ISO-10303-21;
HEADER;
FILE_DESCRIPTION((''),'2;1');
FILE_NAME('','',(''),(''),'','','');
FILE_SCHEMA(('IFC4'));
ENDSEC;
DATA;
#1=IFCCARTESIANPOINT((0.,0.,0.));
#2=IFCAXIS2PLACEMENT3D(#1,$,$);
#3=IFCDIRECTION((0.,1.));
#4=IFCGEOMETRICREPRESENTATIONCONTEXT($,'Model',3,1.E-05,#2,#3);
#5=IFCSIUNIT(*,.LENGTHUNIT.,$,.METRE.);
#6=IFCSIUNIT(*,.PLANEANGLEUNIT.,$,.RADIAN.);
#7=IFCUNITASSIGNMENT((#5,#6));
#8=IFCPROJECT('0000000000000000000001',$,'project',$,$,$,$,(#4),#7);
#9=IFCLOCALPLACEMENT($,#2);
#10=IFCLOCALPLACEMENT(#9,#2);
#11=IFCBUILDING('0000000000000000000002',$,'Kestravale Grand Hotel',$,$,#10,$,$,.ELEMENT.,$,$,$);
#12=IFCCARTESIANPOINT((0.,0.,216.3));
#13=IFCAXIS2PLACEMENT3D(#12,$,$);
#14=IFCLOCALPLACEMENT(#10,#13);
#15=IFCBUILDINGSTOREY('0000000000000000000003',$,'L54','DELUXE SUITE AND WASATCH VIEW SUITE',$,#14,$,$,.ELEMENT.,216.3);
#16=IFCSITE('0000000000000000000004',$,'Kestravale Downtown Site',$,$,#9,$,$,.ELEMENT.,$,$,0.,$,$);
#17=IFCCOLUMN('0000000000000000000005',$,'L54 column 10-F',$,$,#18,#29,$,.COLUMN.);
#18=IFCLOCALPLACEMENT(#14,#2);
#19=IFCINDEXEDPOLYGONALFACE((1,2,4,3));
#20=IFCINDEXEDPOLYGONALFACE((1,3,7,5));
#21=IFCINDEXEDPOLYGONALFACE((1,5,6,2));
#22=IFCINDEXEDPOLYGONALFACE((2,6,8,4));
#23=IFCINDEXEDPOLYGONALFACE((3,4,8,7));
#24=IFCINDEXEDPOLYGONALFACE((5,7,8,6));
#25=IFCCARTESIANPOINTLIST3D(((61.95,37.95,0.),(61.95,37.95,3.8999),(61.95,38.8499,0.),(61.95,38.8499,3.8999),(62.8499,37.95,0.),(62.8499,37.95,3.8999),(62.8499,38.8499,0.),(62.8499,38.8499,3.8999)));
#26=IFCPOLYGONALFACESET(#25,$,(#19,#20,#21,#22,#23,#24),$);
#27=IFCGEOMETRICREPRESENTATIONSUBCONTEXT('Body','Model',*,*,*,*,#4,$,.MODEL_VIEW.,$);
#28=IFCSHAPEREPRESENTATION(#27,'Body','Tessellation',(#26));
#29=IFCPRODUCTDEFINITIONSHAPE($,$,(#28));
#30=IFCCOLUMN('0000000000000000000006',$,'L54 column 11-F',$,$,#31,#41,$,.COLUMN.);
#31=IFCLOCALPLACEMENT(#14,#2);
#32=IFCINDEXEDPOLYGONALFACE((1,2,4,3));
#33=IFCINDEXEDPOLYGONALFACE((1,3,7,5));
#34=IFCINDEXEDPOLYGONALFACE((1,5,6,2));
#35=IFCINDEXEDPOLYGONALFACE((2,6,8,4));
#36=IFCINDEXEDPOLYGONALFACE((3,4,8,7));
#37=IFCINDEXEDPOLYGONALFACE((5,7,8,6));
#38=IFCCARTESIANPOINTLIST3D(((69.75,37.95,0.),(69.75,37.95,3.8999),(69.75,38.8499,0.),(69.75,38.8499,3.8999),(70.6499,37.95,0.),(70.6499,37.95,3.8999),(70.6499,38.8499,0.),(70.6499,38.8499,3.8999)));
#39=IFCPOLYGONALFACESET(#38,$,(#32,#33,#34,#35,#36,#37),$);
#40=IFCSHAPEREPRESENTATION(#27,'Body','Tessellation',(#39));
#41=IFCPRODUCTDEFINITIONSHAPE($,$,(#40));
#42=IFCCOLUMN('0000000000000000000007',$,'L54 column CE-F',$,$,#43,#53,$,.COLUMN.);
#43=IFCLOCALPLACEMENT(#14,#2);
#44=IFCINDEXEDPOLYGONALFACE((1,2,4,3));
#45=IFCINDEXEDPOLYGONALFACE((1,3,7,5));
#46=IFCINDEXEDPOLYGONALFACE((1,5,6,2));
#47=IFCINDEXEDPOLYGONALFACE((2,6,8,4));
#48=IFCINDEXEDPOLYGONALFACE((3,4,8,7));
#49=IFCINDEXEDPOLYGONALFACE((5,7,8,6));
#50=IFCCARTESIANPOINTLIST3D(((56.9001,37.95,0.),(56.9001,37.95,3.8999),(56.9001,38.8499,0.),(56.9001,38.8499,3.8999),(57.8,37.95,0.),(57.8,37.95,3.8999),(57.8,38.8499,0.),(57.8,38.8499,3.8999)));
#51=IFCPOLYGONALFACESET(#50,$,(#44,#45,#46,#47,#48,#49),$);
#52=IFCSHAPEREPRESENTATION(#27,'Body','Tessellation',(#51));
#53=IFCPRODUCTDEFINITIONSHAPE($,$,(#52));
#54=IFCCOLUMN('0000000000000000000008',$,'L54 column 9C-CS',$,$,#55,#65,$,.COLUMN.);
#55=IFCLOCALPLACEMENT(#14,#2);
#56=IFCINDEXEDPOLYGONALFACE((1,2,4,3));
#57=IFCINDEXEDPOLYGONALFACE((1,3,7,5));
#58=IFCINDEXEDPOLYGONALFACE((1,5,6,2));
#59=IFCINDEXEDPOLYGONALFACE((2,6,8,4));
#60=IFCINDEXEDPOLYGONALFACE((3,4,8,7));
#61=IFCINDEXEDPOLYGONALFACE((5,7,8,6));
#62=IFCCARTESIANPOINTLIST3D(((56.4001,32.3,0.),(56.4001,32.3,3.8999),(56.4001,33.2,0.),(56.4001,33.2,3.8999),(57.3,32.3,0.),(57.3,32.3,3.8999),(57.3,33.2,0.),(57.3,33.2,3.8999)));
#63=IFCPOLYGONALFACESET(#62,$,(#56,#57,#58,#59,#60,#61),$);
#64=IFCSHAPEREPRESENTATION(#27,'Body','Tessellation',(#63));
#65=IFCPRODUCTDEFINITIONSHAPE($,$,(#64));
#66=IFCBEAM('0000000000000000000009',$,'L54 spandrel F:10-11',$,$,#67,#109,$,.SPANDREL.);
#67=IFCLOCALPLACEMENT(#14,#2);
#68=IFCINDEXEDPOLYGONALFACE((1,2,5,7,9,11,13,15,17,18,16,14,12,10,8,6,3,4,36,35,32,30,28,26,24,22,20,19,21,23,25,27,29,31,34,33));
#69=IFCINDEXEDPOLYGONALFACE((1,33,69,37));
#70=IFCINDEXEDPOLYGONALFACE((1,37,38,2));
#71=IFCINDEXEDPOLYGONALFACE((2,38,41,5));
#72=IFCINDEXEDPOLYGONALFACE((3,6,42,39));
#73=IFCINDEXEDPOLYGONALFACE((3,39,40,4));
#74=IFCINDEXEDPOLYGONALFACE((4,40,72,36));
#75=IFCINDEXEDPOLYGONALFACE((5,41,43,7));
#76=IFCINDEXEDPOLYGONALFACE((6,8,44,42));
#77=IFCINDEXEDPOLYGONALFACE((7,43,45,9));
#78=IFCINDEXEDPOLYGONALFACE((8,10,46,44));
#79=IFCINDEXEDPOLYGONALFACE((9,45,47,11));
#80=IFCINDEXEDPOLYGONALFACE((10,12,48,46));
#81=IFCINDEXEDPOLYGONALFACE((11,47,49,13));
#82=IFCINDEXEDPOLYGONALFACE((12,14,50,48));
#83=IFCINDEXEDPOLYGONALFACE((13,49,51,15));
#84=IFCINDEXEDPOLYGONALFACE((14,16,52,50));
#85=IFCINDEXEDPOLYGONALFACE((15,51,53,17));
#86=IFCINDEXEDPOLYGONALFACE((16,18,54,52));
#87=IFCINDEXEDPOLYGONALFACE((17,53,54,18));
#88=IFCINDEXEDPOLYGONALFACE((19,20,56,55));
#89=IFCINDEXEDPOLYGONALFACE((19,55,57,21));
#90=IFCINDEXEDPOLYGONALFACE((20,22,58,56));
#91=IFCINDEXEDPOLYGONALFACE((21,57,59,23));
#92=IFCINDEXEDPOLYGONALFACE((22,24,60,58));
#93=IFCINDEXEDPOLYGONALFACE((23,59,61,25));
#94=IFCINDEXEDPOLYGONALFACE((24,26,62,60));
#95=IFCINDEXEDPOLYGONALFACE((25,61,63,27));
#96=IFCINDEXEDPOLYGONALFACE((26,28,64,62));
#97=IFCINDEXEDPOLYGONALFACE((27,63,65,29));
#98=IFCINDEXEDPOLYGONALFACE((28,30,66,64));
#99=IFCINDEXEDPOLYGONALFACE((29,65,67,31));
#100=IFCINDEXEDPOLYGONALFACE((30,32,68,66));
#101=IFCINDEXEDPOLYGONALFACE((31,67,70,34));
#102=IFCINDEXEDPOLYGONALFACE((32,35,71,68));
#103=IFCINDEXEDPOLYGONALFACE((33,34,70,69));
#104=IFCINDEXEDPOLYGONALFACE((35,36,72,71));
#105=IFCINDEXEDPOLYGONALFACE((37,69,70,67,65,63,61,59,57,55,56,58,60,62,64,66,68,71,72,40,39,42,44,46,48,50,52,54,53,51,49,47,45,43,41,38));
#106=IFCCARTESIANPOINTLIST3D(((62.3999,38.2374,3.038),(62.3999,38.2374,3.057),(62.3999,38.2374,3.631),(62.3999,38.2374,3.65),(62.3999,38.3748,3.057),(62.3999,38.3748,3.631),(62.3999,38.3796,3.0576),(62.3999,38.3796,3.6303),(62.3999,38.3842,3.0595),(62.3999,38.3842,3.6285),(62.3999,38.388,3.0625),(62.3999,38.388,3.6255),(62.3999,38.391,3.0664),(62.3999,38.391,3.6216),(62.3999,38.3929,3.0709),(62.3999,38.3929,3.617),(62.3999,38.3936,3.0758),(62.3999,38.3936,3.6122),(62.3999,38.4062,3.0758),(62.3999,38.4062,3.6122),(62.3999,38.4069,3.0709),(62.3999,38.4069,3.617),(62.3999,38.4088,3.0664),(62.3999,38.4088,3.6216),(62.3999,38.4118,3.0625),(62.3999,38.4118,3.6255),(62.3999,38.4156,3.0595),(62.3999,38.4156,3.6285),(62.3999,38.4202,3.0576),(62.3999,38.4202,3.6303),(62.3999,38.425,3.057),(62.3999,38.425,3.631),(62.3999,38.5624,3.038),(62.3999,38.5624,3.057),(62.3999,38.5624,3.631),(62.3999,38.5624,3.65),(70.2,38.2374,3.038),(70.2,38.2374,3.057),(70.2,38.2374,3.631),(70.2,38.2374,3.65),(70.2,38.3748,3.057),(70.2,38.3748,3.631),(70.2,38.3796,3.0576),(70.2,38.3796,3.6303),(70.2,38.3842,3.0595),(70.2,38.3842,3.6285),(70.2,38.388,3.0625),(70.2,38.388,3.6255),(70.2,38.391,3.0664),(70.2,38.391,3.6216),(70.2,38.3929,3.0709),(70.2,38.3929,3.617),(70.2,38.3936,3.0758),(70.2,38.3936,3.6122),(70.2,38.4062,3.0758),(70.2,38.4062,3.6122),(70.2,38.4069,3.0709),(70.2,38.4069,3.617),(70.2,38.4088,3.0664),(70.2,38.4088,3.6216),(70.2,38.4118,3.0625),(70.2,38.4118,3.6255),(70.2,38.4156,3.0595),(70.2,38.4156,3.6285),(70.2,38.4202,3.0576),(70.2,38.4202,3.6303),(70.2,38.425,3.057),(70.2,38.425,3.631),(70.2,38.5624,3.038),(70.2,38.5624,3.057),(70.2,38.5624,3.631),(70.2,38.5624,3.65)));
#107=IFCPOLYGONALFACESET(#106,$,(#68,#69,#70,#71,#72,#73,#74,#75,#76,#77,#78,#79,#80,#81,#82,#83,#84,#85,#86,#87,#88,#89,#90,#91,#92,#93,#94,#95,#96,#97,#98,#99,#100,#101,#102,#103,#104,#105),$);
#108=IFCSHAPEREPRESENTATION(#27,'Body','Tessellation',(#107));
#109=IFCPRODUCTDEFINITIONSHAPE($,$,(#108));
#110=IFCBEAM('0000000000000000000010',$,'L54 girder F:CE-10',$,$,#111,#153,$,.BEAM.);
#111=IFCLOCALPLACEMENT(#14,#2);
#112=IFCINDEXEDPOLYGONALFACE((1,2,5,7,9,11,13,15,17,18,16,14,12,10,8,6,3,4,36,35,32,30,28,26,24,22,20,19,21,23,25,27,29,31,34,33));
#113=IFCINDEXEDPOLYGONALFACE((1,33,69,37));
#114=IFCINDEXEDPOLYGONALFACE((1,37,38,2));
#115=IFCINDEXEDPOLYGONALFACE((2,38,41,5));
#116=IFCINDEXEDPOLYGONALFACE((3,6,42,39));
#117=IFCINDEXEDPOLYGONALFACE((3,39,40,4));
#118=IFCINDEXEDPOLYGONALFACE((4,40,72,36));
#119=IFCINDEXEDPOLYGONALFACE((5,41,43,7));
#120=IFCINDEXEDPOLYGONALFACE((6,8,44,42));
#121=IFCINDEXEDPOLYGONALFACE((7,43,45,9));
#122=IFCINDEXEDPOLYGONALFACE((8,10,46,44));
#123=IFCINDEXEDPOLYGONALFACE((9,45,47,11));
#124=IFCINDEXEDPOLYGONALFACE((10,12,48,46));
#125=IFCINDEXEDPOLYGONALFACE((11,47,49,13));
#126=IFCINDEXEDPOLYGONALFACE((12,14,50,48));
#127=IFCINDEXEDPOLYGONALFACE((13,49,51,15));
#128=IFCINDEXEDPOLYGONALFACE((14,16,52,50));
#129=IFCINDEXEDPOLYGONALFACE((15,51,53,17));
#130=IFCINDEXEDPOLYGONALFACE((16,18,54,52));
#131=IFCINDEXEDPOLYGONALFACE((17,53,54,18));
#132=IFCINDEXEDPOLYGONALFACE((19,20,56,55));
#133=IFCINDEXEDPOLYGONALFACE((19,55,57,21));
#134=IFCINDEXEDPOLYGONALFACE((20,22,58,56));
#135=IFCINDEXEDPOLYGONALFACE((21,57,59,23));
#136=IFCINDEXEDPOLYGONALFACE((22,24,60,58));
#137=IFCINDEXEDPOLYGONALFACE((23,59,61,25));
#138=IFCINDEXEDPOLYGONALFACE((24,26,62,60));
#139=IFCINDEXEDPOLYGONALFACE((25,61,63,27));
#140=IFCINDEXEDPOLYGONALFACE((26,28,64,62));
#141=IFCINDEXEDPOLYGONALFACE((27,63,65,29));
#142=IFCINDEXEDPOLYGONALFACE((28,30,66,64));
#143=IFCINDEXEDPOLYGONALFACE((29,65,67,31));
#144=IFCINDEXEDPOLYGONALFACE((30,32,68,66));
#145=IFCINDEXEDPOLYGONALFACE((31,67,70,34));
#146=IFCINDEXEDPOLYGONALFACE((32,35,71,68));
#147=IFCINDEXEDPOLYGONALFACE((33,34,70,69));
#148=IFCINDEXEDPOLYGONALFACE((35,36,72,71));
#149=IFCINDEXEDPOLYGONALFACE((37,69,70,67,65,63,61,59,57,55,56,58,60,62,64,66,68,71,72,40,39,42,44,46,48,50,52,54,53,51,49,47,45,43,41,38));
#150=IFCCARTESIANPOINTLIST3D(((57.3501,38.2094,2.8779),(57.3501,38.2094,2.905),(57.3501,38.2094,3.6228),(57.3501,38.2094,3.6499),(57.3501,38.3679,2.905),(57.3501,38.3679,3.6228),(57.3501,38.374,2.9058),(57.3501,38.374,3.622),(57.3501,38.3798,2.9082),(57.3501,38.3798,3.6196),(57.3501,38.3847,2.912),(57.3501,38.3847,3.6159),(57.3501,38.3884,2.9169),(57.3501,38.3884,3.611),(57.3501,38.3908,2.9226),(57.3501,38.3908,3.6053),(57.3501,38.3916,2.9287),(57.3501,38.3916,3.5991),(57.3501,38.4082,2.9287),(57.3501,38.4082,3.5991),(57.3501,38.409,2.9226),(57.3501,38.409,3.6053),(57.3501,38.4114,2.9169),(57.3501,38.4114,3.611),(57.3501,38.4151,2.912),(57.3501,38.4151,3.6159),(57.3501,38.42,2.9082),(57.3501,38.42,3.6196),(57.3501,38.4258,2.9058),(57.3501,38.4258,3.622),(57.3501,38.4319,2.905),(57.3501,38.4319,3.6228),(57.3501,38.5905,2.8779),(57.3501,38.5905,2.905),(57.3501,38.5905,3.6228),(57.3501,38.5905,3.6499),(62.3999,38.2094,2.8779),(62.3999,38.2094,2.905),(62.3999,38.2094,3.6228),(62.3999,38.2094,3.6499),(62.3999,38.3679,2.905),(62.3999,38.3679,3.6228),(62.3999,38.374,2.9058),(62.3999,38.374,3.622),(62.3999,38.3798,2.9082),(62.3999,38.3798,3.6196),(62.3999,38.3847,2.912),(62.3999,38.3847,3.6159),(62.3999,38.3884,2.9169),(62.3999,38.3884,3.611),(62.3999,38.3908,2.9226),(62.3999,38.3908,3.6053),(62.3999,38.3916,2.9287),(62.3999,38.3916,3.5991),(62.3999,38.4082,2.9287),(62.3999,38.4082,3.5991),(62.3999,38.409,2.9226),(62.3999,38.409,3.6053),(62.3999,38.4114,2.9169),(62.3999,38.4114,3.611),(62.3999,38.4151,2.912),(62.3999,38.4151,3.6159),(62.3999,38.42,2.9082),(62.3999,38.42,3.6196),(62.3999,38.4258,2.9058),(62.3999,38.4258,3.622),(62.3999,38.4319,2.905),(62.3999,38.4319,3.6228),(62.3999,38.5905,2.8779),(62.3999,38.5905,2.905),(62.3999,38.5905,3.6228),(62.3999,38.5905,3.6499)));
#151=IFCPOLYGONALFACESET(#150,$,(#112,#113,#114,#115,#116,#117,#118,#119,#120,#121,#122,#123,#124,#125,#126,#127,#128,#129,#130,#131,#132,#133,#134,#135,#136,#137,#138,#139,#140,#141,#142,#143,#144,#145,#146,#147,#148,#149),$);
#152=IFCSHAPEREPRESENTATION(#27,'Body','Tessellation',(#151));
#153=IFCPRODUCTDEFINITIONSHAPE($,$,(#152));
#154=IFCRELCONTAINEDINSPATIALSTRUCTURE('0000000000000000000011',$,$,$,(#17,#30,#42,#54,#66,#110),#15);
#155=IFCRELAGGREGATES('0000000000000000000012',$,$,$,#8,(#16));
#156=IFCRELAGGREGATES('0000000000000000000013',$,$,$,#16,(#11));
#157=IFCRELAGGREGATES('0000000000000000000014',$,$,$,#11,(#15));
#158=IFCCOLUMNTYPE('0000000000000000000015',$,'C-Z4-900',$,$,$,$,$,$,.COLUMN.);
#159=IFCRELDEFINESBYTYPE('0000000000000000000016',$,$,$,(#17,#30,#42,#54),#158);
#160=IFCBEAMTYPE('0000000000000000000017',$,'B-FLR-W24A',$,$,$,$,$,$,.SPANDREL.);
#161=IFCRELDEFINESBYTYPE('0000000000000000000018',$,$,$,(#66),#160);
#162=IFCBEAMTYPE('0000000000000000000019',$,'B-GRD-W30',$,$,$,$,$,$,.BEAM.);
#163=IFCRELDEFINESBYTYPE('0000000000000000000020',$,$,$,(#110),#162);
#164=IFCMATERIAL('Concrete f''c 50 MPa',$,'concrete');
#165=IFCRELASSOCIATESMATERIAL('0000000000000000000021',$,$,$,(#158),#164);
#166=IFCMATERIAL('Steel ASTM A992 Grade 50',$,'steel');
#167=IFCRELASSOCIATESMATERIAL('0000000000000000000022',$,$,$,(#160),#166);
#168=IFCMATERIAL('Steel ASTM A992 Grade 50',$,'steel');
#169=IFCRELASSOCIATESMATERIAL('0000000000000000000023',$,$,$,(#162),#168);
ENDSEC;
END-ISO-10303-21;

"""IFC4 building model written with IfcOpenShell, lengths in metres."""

from ifc_helpers import new_model, si_unit, direction, frame, origin, origin_2d, place, context, subcontext, project, spatial, rectangle, i_section, extrude, material, material_profile, profile_set, type_object, element, save


model = new_model("IFC4")

# Units and contexts
model_context = context("Model", 3, precision=1e-05, world=origin(), true_north=direction((0.0, 1.0)))
body_context = subcontext(model_context, "Body", "Model", "MODEL_VIEW")
ifc_project = project(units=[si_unit("LENGTHUNIT", "METRE"), si_unit("PLANEANGLEUNIT", "RADIAN")], contexts=[model_context])

# Site, building, storey
site_placement = place(None, origin())
site = spatial("IfcSite", under=ifc_project, at=site_placement, Name="Kestravale Downtown Site", CompositionType="ELEMENT", RefElevation=0.0)
building_placement = place(site_placement, origin())
building = spatial("IfcBuilding", under=site, at=building_placement, Name="Kestravale Grand Hotel", CompositionType="ELEMENT")
storey_placement = place(building_placement, frame((0.0, 0.0, 216.3)))
storey = spatial("IfcBuildingStorey", under=building, at=storey_placement, Name="L54", Description="DELUXE SUITE AND WASATCH VIEW SUITE", CompositionType="ELEMENT", Elevation=216.3)

# Columns
ifc_material_1 = material(Name="Concrete f'c 50 MPa", Category="concrete")
ifc_material_profile_1 = material_profile(ifc_material_1, rectangle(XDim=0.8999, YDim=0.8999, at=origin_2d()))
ifc_profile_set_1 = profile_set([ifc_material_profile_1], Name="Concrete f'c 50 MPa")
column_type = type_object("IfcColumnType", Name="C-Z4-900", PredefinedType="COLUMN", material=ifc_profile_set_1)
for number, where, z_axis, x_axis, name in (
    (1, (62.3999, 38.3999, 0.0), (0.0, 0.0, 1.0), (1.0, 0.0, 0.0), "L54 column 10-F"),
    (2, (70.2, 38.3999, 0.0), (0.0, 0.0, 1.0), (1.0, 0.0, 0.0), "L54 column 11-F"),
    (3, (57.3501, 38.3999, 0.0), (0.0, 0.0, 1.0), (1.0, 0.0, 0.0), "L54 column CE-F"),
    (4, (56.8501, 32.75, 0.0), (0.0, 0.0, 1.0), (1.0, 0.0, 0.0), "L54 column 9C-CS"),
):
    element("IfcColumn", number, at=place(storey_placement, frame(where, z_axis=z_axis, x_axis=x_axis)), inside=storey, type_object=column_type, Name=name, PredefinedType="COLUMN", context=body_context, shape_type="SweptSolid", body=[
        extrude(rectangle(XDim=0.8999, YDim=0.8999, at=origin_2d()), origin(), (0.0, 0.0, 1.0), 3.8999),
    ])

# Beams
ifc_material_2 = material(Name="Steel ASTM A992 Grade 50", Category="steel")
ifc_material_profile_2 = material_profile(ifc_material_2, i_section(OverallWidth=0.325, OverallDepth=0.6121, WebThickness=0.0127, FlangeThickness=0.019, FilletRadius=0.0188, at=origin_2d()))
ifc_profile_set_2 = profile_set([ifc_material_profile_2], Name="Steel ASTM A992 Grade 50")
beam_type_1 = type_object("IfcBeamType", Name="B-FLR-W24A", PredefinedType="SPANDREL", material=ifc_profile_set_2)
beam_1_placement = place(storey_placement, frame((62.3999, 38.3999, 3.344), z_axis=(1.0, 0.0, 0.0), x_axis=(0.0, 1.0, 0.0)))
element("IfcBeam", 5, at=beam_1_placement, inside=storey, type_object=beam_type_1, Name="L54 spandrel F:10-11", PredefinedType="SPANDREL", context=body_context, shape_type="SweptSolid", body=[
    extrude(i_section(OverallWidth=0.325, OverallDepth=0.6121, WebThickness=0.0127, FlangeThickness=0.019, FilletRadius=0.0188, at=origin_2d()), origin(), (0.0, 0.0, 1.0), 7.8),
])
ifc_material_3 = material(Name="Steel ASTM A992 Grade 50", Category="steel")
ifc_material_profile_3 = material_profile(ifc_material_3, i_section(OverallWidth=0.3811, OverallDepth=0.772, WebThickness=0.0166, FlangeThickness=0.0271, FilletRadius=0.0237, at=origin_2d()))
ifc_profile_set_3 = profile_set([ifc_material_profile_3], Name="Steel ASTM A992 Grade 50")
beam_type_2 = type_object("IfcBeamType", Name="B-GRD-W30", PredefinedType="BEAM", material=ifc_profile_set_3)
beam_2_placement = place(storey_placement, frame((57.3501, 38.3999, 3.2639), z_axis=(1.0, 0.0, 0.0), x_axis=(0.0, 1.0, 0.0)))
element("IfcBeam", 6, at=beam_2_placement, inside=storey, type_object=beam_type_2, Name="L54 girder F:CE-10", PredefinedType="BEAM", context=body_context, shape_type="SweptSolid", body=[
    extrude(i_section(OverallWidth=0.3811, OverallDepth=0.772, WebThickness=0.0166, FlangeThickness=0.0271, FilletRadius=0.0237, at=origin_2d()), origin(), (0.0, 0.0, 1.0), 5.0498),
])

save(model, "model.ifc")
